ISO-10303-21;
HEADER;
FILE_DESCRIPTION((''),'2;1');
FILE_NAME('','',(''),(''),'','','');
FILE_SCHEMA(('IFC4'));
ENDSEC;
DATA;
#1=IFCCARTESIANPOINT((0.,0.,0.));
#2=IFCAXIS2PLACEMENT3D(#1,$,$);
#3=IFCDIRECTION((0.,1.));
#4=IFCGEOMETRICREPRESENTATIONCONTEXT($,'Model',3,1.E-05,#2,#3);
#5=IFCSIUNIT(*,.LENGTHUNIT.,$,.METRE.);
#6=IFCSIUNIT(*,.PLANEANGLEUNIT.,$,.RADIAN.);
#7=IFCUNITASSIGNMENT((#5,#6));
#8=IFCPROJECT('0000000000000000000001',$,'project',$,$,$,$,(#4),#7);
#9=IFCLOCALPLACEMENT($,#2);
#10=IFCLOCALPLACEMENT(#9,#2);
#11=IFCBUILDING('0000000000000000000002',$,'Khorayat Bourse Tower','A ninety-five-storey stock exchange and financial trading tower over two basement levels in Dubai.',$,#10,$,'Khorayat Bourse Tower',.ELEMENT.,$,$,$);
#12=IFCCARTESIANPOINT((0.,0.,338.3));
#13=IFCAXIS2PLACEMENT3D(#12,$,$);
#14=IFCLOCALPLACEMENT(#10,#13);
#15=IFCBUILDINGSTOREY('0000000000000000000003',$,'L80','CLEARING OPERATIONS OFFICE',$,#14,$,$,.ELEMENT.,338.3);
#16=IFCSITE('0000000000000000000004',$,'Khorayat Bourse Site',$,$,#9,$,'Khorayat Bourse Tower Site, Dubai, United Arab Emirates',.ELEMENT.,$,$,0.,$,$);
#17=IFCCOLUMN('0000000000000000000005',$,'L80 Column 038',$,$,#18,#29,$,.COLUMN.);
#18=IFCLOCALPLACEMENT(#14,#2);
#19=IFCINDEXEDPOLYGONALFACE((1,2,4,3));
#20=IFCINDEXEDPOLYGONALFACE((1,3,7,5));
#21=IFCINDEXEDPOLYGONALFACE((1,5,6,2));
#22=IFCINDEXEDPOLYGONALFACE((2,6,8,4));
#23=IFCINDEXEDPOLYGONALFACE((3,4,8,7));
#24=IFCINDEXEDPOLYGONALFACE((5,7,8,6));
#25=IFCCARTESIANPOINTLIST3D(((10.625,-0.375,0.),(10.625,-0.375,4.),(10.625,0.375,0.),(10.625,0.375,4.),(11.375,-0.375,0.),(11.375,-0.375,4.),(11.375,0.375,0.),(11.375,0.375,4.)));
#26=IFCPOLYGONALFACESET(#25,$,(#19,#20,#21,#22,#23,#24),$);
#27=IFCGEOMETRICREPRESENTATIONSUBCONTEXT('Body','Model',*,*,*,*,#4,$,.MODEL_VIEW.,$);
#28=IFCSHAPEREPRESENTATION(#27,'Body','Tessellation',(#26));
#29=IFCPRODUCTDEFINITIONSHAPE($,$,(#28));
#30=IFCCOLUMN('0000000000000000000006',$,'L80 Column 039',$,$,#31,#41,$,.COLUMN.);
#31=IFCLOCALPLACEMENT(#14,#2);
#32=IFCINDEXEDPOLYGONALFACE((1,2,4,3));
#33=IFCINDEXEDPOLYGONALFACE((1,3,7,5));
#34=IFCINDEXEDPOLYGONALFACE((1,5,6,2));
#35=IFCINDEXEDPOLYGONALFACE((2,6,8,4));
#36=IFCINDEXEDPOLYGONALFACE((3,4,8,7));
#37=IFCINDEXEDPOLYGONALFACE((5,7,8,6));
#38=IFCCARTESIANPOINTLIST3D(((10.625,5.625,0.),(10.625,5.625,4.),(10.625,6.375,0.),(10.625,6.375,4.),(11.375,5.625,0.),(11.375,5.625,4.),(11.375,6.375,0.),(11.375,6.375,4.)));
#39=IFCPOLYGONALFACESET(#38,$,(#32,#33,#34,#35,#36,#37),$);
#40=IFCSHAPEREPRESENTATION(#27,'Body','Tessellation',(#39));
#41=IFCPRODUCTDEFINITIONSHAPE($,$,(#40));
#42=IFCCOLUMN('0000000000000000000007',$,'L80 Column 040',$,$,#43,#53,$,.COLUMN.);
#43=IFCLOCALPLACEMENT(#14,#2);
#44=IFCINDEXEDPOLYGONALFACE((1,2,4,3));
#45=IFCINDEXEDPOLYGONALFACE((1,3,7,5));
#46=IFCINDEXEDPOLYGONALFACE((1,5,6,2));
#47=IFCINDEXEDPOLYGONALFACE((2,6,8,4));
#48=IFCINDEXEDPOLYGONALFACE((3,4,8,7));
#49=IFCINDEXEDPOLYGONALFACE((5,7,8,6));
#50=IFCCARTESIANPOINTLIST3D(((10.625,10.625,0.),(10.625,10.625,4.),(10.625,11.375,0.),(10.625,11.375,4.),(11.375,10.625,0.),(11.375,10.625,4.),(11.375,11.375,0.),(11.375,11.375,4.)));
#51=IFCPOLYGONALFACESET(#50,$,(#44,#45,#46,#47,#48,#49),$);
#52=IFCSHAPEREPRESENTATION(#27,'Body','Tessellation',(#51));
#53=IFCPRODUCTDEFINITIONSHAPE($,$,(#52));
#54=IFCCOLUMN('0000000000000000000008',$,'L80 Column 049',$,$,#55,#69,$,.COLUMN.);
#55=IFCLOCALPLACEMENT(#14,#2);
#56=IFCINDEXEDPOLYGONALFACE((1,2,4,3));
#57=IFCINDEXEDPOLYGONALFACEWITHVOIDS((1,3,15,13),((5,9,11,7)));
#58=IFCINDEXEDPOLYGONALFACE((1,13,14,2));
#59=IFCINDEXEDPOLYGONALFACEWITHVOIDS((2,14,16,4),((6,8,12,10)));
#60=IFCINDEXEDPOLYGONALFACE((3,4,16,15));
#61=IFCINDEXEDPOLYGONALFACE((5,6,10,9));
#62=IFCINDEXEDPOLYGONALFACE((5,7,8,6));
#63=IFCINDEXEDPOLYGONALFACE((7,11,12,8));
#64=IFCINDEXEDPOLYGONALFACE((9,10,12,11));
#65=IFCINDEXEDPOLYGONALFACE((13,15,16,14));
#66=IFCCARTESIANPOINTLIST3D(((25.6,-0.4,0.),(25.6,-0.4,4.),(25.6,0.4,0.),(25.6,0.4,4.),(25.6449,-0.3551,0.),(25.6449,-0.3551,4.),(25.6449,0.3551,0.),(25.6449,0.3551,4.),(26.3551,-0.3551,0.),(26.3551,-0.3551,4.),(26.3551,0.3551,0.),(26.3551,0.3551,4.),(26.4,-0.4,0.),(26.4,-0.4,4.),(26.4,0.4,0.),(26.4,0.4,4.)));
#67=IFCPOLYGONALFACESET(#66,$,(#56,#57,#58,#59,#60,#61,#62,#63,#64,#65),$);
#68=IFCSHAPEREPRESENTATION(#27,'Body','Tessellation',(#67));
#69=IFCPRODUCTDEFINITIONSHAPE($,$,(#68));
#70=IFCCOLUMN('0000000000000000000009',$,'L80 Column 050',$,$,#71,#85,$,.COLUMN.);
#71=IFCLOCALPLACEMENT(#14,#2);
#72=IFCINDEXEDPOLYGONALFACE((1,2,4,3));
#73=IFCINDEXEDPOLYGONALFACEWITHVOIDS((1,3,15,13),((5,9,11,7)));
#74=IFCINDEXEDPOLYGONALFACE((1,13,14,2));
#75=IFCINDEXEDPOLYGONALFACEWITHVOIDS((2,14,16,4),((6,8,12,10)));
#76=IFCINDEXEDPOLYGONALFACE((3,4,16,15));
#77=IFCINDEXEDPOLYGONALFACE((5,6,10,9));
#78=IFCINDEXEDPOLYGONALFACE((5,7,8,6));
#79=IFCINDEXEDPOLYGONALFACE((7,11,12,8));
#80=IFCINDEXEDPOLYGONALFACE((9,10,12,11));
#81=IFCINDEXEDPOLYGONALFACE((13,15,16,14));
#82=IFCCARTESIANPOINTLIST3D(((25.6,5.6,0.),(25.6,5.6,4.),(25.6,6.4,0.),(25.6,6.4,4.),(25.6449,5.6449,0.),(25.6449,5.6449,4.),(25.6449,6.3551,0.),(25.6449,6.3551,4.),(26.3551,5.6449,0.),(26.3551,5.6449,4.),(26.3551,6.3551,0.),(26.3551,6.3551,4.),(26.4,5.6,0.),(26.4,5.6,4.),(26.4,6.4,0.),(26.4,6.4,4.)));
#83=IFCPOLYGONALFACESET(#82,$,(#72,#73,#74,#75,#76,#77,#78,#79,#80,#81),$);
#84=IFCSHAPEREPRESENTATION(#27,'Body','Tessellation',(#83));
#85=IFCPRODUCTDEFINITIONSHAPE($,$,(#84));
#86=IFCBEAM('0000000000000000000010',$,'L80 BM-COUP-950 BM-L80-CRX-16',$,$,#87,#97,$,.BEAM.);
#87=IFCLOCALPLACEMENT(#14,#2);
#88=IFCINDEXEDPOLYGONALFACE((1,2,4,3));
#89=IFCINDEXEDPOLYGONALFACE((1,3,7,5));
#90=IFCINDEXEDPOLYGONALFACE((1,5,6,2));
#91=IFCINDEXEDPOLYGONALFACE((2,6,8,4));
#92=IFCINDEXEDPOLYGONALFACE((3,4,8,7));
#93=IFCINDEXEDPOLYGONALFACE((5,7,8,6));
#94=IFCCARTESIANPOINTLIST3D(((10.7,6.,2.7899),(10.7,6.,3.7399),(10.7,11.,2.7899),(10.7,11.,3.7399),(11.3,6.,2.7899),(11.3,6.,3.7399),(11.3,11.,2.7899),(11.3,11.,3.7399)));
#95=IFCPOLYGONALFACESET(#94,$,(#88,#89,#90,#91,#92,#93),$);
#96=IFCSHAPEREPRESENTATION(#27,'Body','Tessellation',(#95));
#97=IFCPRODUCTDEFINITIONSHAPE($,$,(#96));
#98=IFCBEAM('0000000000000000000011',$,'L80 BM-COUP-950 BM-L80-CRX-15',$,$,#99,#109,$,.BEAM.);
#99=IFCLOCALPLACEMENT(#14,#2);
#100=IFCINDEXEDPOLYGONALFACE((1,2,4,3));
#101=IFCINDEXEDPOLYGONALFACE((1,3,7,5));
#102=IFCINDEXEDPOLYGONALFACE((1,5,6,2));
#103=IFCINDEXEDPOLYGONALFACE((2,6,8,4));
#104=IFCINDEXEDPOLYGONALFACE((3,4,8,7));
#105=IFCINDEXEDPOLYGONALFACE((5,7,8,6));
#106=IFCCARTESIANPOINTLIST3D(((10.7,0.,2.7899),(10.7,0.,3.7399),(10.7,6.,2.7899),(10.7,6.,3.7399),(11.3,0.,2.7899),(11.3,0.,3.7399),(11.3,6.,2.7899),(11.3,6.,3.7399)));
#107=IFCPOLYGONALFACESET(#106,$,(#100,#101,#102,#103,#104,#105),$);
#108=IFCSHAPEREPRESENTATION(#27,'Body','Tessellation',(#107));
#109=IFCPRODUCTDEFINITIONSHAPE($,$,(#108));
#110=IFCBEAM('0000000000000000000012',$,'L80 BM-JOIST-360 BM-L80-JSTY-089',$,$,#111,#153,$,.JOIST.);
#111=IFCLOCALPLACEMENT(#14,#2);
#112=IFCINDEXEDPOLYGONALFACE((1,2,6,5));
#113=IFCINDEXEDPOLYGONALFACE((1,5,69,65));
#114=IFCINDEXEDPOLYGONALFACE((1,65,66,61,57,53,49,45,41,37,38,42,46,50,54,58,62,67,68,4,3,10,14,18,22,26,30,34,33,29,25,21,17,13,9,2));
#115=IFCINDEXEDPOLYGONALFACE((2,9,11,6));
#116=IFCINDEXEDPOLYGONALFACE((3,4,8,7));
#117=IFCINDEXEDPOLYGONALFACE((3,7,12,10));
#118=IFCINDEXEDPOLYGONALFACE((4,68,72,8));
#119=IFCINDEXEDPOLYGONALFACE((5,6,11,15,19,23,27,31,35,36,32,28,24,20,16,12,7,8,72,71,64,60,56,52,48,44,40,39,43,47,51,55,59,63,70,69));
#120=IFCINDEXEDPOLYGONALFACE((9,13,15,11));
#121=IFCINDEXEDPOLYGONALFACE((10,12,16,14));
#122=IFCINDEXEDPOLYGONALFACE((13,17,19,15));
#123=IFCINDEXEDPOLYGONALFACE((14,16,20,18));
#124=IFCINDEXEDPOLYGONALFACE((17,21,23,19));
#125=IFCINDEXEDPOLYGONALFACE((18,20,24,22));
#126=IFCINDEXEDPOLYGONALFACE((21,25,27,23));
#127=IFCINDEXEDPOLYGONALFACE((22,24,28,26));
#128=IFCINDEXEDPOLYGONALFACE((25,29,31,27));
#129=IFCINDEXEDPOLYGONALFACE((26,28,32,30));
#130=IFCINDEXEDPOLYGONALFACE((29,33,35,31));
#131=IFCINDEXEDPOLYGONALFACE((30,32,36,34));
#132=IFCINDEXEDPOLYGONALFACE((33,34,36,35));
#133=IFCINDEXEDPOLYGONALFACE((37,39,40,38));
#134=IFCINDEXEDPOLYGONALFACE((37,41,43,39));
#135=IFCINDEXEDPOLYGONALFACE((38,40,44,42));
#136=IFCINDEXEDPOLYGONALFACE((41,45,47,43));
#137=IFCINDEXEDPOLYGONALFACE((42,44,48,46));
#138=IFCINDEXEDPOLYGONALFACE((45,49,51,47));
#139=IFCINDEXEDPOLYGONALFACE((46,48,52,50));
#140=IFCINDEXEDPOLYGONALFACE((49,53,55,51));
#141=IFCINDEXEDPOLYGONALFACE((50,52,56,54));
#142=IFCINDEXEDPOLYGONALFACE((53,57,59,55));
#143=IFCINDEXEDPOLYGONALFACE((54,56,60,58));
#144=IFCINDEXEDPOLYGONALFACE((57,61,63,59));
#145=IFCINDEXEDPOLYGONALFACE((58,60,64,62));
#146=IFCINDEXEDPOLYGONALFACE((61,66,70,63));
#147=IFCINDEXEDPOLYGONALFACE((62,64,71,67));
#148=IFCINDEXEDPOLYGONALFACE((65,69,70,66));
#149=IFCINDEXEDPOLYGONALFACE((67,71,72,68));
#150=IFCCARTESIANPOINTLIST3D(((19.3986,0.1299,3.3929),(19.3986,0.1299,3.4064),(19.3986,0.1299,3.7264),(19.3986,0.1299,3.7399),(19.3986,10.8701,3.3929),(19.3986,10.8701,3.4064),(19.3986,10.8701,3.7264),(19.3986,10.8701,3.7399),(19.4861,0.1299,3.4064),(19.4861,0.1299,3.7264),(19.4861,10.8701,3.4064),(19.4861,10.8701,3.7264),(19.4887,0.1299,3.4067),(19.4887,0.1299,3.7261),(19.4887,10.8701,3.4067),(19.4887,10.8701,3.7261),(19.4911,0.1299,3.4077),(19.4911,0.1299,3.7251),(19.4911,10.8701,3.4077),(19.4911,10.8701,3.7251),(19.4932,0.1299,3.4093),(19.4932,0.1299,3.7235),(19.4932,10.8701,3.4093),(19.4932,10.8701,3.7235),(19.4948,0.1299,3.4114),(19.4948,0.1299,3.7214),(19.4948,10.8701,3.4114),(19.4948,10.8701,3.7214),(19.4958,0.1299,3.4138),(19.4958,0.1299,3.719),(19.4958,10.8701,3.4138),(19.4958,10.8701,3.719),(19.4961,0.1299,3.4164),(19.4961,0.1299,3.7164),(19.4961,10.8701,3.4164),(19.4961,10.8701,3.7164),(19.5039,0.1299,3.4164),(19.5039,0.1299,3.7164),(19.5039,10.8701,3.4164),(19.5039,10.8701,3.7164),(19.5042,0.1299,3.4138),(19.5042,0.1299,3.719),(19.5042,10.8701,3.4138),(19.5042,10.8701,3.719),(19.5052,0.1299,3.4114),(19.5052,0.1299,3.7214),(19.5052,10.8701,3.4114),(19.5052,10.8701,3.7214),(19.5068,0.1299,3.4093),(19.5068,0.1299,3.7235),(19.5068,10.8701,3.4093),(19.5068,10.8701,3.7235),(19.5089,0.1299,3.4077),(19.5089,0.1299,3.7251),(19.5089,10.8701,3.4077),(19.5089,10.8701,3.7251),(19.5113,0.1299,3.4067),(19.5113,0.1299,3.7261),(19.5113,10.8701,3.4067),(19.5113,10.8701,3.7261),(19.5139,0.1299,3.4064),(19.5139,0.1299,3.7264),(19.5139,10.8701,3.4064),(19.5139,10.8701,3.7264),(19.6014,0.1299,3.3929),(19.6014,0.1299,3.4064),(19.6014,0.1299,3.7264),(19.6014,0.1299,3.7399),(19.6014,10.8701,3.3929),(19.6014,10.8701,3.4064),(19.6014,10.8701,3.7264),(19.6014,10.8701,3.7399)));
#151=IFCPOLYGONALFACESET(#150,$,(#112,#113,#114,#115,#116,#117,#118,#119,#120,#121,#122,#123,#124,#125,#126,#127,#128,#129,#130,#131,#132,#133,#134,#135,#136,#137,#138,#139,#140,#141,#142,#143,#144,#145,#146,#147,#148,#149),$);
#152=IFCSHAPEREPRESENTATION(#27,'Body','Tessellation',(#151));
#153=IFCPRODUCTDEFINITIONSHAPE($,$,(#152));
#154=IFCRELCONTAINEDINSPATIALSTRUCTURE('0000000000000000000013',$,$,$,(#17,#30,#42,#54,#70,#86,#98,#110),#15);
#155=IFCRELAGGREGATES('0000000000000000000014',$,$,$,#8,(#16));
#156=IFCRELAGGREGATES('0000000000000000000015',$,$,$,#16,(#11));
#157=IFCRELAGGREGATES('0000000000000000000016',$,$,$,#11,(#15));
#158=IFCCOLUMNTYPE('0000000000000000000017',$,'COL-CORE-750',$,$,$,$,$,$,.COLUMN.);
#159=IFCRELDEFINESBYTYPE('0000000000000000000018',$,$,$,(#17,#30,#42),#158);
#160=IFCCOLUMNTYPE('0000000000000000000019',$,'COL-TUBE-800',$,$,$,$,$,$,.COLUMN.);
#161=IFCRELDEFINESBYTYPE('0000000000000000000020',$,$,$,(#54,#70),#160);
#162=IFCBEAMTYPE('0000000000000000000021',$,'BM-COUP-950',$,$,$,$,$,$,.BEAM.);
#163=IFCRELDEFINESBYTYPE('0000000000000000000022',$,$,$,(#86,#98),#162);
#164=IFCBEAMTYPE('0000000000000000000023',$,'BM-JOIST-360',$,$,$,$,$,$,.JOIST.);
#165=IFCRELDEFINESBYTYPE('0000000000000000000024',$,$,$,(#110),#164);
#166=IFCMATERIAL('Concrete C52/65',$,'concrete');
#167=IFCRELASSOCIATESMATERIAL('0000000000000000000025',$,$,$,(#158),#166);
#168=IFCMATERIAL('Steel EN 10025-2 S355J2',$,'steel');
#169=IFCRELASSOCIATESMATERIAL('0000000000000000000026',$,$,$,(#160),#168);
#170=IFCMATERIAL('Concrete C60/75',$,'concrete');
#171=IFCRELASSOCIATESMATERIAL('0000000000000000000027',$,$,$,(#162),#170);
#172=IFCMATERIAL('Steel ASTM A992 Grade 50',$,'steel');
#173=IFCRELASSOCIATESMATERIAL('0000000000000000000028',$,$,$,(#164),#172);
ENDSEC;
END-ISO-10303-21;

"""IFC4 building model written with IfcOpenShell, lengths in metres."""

from ifc_helpers import new_model, si_unit, direction, frame, origin, origin_2d, place, context, subcontext, project, spatial, rectangle, hollow_rectangle, i_section, extrude, source, transform, mapped, material, material_profile, profile_set, type_object, element, save


model = new_model("IFC4")

# Units and contexts
model_context = context("Model", 3, precision=1e-05, world=origin(), true_north=direction((0.0, 1.0)))
body_context = subcontext(model_context, "Body", "Model", "MODEL_VIEW")
ifc_project = project(units=[si_unit("LENGTHUNIT", "METRE"), si_unit("PLANEANGLEUNIT", "RADIAN")], contexts=[model_context])

# Site, building, storey
site_placement = place(None, origin())
site = spatial("IfcSite", under=ifc_project, at=site_placement, Name="Khorayat Bourse Site", LongName="Khorayat Bourse Tower Site, Dubai, United Arab Emirates", CompositionType="ELEMENT", RefElevation=0.0)
building_placement = place(site_placement, origin())
building = spatial("IfcBuilding", under=site, at=building_placement, Name="Khorayat Bourse Tower", Description="A ninety-five-storey stock exchange and financial trading tower over two basement levels in Dubai.", LongName="Khorayat Bourse Tower", CompositionType="ELEMENT")
storey_placement = place(building_placement, frame((0.0, 0.0, 338.3)))
storey = spatial("IfcBuildingStorey", under=building, at=storey_placement, Name="L80", Description="CLEARING OPERATIONS OFFICE", CompositionType="ELEMENT", Elevation=338.3)

# Columns
ifc_material_1 = material(Name="Concrete C52/65", Category="concrete")
ifc_material_profile_1 = material_profile(ifc_material_1, rectangle(XDim=0.75, YDim=0.75, at=origin_2d()), Name="RC 750x750")
ifc_profile_set_1 = profile_set([ifc_material_profile_1], Name="Concrete C52/65")
column_type_1 = type_object("IfcColumnType", Name="COL-CORE-750", PredefinedType="COLUMN", material=ifc_profile_set_1)
shared_shape_1 = source(origin(), body_context, "Body", "SweptSolid", [
    extrude(rectangle(XDim=0.75, YDim=0.75, at=origin_2d()), origin(), (0.0, 0.0, 1.0), 4.0),
])
for number, where, z_axis, x_axis, name in (
    (1, (11.0, 0.0, 0.0), (0.0, 0.0, 1.0), (1.0, 0.0, 0.0), "L80 Column 038"),
    (2, (11.0, 6.0, 0.0), (0.0, 0.0, 1.0), (1.0, 0.0, 0.0), "L80 Column 039"),
    (3, (11.0, 11.0, 0.0), (0.0, 0.0, 1.0), (1.0, 0.0, 0.0), "L80 Column 040"),
):
    element("IfcColumn", number, at=place(storey_placement, frame(where, z_axis=z_axis, x_axis=x_axis)), inside=storey, type_object=column_type_1, Name=name, PredefinedType="COLUMN", context=body_context, shape_type="MappedRepresentation", body=[
        mapped(shared_shape_1, transform((0.0, 0.0, 0.0), scale=1.0)),
    ])
ifc_material_2 = material(Name="Steel EN 10025-2 S355J2", Category="steel")
ifc_material_profile_2 = material_profile(ifc_material_2, hollow_rectangle(XDim=0.8, YDim=0.8, WallThickness=0.0449, at=origin_2d()), Name="BOX 800x800x45")
ifc_profile_set_2 = profile_set([ifc_material_profile_2], Name="Steel EN 10025-2 S355J2")
column_type_2 = type_object("IfcColumnType", Name="COL-TUBE-800", PredefinedType="COLUMN", material=ifc_profile_set_2)
shared_shape_2 = source(origin(), body_context, "Body", "SweptSolid", [
    extrude(hollow_rectangle(XDim=0.8, YDim=0.8, WallThickness=0.0449, at=origin_2d()), origin(), (0.0, 0.0, 1.0), 4.0),
])
for number, where, z_axis, x_axis, name in (
    (4, (26.0, 0.0, 0.0), (0.0, 0.0, 1.0), (1.0, 0.0, 0.0), "L80 Column 049"),
    (5, (26.0, 6.0, 0.0), (0.0, 0.0, 1.0), (1.0, 0.0, 0.0), "L80 Column 050"),
):
    element("IfcColumn", number, at=place(storey_placement, frame(where, z_axis=z_axis, x_axis=x_axis)), inside=storey, type_object=column_type_2, Name=name, PredefinedType="COLUMN", context=body_context, shape_type="MappedRepresentation", body=[
        mapped(shared_shape_2, transform((0.0, 0.0, 0.0), scale=1.0)),
    ])

# Beams
ifc_material_3 = material(Name="Concrete C60/75", Category="concrete")
ifc_material_profile_3 = material_profile(ifc_material_3, rectangle(XDim=0.6001, YDim=0.95, at=origin_2d()), Name="RC 600x950")
ifc_profile_set_3 = profile_set([ifc_material_profile_3], Name="Concrete C60/75")
beam_type_1 = type_object("IfcBeamType", Name="BM-COUP-950", PredefinedType="BEAM", material=ifc_profile_set_3)
shared_shape_3 = source(origin(), body_context, "Body", "SweptSolid", [
    extrude(rectangle(XDim=0.6001, YDim=0.95, at=origin_2d()), origin(), (0.0, 0.0, 1.0), 5.0),
])
beam_1_placement = place(storey_placement, frame((11.0, 6.0, 3.2649), z_axis=(0.0, 1.0, 0.0), x_axis=(-1.0, 0.0, 0.0)))
element("IfcBeam", 6, at=beam_1_placement, inside=storey, type_object=beam_type_1, Name="L80 BM-COUP-950 BM-L80-CRX-16", PredefinedType="BEAM", context=body_context, shape_type="MappedRepresentation", body=[
    mapped(shared_shape_3, transform((0.0, 0.0, 0.0), scale=1.0)),
])
shared_shape_4 = source(origin(), body_context, "Body", "SweptSolid", [
    extrude(rectangle(XDim=0.6001, YDim=0.95, at=origin_2d()), origin(), (0.0, 0.0, 1.0), 6.0),
])
beam_2_placement = place(storey_placement, frame((11.0, 0.0, 3.2649), z_axis=(0.0, 1.0, 0.0), x_axis=(-1.0, 0.0, 0.0)))
element("IfcBeam", 7, at=beam_2_placement, inside=storey, type_object=beam_type_1, Name="L80 BM-COUP-950 BM-L80-CRX-15", PredefinedType="BEAM", context=body_context, shape_type="MappedRepresentation", body=[
    mapped(shared_shape_4, transform((0.0, 0.0, 0.0), scale=1.0)),
])
ifc_material_4 = material(Name="Steel ASTM A992 Grade 50", Category="steel")
ifc_material_profile_4 = material_profile(ifc_material_4, i_section(OverallWidth=0.2029, OverallDepth=0.3469, WebThickness=0.0078, FlangeThickness=0.0134, FilletRadius=0.01, at=origin_2d()), Name="W360X64")
ifc_profile_set_4 = profile_set([ifc_material_profile_4], Name="Steel ASTM A992 Grade 50")
beam_type_2 = type_object("IfcBeamType", Name="BM-JOIST-360", PredefinedType="JOIST", material=ifc_profile_set_4)
shared_shape_5 = source(origin(), body_context, "Body", "SweptSolid", [
    extrude(i_section(OverallWidth=0.2029, OverallDepth=0.3469, WebThickness=0.0078, FlangeThickness=0.0134, FilletRadius=0.01, at=origin_2d()), origin(), (0.0, 0.0, 1.0), 10.7402),
])
beam_3_placement = place(storey_placement, frame((19.5, 0.1299, 3.5664), z_axis=(0.0, 1.0, 0.0), x_axis=(-1.0, 0.0, 0.0)))
element("IfcBeam", 8, at=beam_3_placement, inside=storey, type_object=beam_type_2, Name="L80 BM-JOIST-360 BM-L80-JSTY-089", PredefinedType="JOIST", context=body_context, shape_type="MappedRepresentation", body=[
    mapped(shared_shape_5, transform((0.0, 0.0, 0.0), scale=1.0)),
])

save(model, "model.ifc")
